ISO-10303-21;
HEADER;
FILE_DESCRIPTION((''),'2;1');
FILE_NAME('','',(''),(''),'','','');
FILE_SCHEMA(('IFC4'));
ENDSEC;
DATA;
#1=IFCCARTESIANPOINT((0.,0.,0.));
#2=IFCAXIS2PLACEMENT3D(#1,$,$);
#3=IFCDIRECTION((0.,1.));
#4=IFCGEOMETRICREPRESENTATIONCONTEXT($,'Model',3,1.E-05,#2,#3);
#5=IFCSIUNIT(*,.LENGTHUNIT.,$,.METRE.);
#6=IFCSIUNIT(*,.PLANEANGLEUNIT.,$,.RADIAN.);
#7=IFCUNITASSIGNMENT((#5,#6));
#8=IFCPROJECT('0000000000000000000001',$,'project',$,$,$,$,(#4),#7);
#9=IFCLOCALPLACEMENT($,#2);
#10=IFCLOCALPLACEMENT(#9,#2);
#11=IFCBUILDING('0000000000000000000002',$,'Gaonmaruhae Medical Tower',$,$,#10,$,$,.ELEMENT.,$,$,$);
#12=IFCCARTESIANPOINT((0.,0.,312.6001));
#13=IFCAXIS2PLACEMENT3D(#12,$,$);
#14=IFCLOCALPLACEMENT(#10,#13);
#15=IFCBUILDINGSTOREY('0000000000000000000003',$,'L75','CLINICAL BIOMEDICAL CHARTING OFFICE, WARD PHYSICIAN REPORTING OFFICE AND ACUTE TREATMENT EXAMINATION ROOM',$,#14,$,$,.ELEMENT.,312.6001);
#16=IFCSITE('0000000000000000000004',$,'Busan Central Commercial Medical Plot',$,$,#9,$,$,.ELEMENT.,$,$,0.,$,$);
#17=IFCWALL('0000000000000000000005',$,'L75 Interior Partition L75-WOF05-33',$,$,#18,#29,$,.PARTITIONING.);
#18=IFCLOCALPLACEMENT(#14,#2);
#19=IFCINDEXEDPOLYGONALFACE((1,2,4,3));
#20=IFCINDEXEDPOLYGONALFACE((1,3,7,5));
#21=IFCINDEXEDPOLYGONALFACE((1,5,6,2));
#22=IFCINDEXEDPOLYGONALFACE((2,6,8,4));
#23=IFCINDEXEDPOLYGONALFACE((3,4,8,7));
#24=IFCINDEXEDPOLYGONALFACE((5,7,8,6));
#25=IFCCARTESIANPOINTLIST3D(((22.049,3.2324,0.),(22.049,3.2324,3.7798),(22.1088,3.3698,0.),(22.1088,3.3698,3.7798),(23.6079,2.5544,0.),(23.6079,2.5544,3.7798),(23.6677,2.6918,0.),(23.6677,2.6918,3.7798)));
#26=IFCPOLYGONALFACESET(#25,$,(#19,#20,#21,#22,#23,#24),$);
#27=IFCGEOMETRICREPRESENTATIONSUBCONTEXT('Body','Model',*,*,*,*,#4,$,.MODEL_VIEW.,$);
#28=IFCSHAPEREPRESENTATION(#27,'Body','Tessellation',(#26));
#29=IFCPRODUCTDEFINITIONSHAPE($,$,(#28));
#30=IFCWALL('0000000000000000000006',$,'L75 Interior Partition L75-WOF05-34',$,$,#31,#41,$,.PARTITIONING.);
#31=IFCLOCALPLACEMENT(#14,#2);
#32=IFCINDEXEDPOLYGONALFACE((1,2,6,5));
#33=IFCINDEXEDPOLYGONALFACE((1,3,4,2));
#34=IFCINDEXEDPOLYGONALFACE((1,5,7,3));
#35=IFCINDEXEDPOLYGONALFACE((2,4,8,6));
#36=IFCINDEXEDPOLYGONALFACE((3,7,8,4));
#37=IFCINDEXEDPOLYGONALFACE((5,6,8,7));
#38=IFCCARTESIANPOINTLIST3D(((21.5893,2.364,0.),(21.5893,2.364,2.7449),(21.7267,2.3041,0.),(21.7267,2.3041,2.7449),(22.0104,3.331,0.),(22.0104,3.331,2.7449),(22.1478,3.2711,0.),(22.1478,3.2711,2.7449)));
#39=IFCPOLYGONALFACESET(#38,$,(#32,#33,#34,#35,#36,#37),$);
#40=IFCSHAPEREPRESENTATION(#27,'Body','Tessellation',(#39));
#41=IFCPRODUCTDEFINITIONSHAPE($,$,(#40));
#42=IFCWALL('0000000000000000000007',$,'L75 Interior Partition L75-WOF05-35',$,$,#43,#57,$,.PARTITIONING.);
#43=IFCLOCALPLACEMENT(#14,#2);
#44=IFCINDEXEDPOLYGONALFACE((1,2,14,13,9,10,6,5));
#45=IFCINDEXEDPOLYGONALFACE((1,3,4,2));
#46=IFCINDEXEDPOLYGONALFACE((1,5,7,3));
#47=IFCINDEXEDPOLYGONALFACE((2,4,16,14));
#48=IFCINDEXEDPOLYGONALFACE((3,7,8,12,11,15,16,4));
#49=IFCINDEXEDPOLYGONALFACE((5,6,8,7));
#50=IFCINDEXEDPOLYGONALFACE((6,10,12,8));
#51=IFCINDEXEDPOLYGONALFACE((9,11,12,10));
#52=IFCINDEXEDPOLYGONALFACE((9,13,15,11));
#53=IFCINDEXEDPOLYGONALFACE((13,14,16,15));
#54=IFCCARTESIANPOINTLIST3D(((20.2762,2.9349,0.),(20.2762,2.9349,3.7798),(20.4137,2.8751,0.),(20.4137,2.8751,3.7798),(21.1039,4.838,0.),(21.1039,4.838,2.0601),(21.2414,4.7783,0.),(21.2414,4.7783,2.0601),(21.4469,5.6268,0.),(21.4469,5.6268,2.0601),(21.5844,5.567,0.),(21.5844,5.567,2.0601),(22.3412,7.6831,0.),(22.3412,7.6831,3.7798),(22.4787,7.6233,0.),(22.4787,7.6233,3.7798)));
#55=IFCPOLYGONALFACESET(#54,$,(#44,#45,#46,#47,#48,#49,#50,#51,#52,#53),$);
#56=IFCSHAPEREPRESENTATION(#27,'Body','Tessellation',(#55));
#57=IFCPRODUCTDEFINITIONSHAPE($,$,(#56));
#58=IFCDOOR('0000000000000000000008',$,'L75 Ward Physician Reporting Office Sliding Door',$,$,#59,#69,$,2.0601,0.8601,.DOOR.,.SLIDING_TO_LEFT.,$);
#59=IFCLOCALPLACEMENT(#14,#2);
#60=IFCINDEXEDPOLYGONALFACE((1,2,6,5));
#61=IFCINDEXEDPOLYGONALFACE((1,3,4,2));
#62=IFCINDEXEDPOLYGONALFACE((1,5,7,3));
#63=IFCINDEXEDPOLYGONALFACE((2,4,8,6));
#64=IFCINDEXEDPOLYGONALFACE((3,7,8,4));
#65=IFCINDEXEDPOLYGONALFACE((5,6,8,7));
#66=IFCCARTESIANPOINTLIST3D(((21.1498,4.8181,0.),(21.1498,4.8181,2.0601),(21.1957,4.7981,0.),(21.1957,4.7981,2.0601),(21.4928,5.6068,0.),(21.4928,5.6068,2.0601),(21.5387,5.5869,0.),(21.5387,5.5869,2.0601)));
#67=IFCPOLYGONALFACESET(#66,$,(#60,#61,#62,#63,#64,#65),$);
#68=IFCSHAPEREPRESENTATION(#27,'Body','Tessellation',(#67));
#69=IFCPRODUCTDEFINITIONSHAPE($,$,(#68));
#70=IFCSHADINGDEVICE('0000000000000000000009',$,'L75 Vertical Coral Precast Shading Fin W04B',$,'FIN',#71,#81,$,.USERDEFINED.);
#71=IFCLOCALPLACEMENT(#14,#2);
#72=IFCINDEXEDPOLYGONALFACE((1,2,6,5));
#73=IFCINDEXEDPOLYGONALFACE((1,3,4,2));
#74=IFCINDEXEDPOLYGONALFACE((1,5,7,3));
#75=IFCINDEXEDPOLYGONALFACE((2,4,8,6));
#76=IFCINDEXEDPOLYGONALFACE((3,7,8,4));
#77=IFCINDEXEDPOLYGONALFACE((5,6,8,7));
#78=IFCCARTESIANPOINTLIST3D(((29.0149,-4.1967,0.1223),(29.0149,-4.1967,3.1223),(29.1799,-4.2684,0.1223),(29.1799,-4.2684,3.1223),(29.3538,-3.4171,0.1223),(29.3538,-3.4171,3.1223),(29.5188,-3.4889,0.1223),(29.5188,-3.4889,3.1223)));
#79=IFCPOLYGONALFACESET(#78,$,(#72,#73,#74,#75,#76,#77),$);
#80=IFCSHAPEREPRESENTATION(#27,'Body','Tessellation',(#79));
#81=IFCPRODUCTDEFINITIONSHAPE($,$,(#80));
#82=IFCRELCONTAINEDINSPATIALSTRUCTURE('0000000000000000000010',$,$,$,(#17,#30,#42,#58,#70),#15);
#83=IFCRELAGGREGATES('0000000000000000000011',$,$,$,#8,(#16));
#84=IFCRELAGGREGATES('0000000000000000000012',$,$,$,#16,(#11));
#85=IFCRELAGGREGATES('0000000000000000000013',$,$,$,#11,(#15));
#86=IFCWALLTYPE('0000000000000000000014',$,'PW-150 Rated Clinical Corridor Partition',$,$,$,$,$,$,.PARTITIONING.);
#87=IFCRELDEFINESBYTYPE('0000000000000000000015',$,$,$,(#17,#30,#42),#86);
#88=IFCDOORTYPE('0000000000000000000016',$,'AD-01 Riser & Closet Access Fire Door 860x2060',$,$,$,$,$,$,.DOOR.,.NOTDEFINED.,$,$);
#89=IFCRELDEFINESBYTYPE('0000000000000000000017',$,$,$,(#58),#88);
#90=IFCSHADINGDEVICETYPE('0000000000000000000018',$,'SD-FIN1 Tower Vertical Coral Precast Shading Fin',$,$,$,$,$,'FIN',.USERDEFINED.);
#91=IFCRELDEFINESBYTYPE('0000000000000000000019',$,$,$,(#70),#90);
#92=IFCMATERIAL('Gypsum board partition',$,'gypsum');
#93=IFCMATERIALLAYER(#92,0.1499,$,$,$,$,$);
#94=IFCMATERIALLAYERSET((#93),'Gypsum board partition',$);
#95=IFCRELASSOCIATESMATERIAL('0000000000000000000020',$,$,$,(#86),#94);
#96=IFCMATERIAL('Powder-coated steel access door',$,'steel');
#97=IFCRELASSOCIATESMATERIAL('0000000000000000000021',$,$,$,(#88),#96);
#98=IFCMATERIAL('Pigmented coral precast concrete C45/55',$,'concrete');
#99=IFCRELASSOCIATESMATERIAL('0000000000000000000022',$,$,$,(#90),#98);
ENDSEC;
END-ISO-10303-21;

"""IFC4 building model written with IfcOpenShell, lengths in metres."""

from ifc_helpers import new_model, si_unit, direction, frame, frame_2d, origin, origin_2d, place, context, subcontext, project, spatial, rectangle, extrude, material, layer, layer_set, type_object, element, fill, save


model = new_model("IFC4")

# Units and contexts
model_context = context("Model", 3, precision=1e-05, world=origin(), true_north=direction((0.0, 1.0)))
body_context = subcontext(model_context, "Body", "Model", "MODEL_VIEW")
ifc_project = project(units=[si_unit("LENGTHUNIT", "METRE"), si_unit("PLANEANGLEUNIT", "RADIAN")], contexts=[model_context])

# Site, building, storey
site_placement = place(None, origin())
site = spatial("IfcSite", under=ifc_project, at=site_placement, Name="Busan Central Commercial Medical Plot", CompositionType="ELEMENT", RefElevation=0.0)
building_placement = place(site_placement, origin())
building = spatial("IfcBuilding", under=site, at=building_placement, Name="Gaonmaruhae Medical Tower", CompositionType="ELEMENT")
storey_placement = place(building_placement, frame((0.0, 0.0, 312.6001)))
storey = spatial("IfcBuildingStorey", under=building, at=storey_placement, Name="L75", Description="CLINICAL BIOMEDICAL CHARTING OFFICE, WARD PHYSICIAN REPORTING OFFICE AND ACUTE TREATMENT EXAMINATION ROOM", CompositionType="ELEMENT", Elevation=312.6001)

# Walls
ifc_material_1 = material(Name="Gypsum board partition", Category="gypsum")
ifc_layer_1 = layer(ifc_material_1, 0.1499)
ifc_layer_set_1 = layer_set([ifc_layer_1], Name="Gypsum board partition")
wall_type_1 = type_object("IfcWallType", Name="PW-150 Rated Clinical Corridor Partition", PredefinedType="PARTITIONING", material=ifc_layer_set_1)
wall_1_placement = place(storey_placement, frame((23.6379, 2.623, 0.0), z_axis=(0.0, 0.0, 1.0), x_axis=(-0.917022, 0.398836, 0.0)))
element("IfcWall", 1, at=wall_1_placement, inside=storey, type_object=wall_type_1, Name="L75 Interior Partition L75-WOF05-33", PredefinedType="PARTITIONING", context=body_context, shape_type="SweptSolid", body=[
    extrude(rectangle(XDim=1.7, YDim=0.1499, at=frame_2d((0.8501, 0.0))), origin(), (0.0, 0.0, 1.0), 3.7798),
])
wall_2_placement = place(storey_placement, frame((22.0791, 3.301, 0.0), z_axis=(0.0, 0.0, 1.0), x_axis=(-0.399276, -0.916831, 0.0)))
element("IfcWall", 2, at=wall_2_placement, inside=storey, type_object=wall_type_1, Name="L75 Interior Partition L75-WOF05-34", PredefinedType="PARTITIONING", context=body_context, shape_type="SweptSolid", body=[
    extrude(rectangle(XDim=1.0547, YDim=0.1499, at=frame_2d((0.5273, 0.0))), origin(), (0.0, 0.0, 1.0), 2.7449),
])

# Wall, opening, door
wall_3_placement = place(storey_placement, frame((20.345, 2.905, 0.0), z_axis=(0.0, 0.0, 1.0), x_axis=(0.398819, 0.91703, 0.0)))
wall_3 = element("IfcWall", 3, at=wall_3_placement, inside=storey, type_object=wall_type_1, Name="L75 Interior Partition L75-WOF05-35", PredefinedType="PARTITIONING", context=body_context, shape_type="SweptSolid", body=[
    extrude(rectangle(XDim=5.1777, YDim=0.1499, at=frame_2d((2.5889, 0.0))), origin(), (0.0, 0.0, 1.0), 3.7798),
])
opening_1_placement = place(wall_3_placement, frame((2.0752, 0.0, 0.0)))
opening_1 = element("IfcOpeningElement", 4, at=opening_1_placement, cuts=wall_3, PredefinedType="OPENING", context=body_context, shape_type="SweptSolid", body=[
    extrude(rectangle(XDim=0.8601, YDim=2.0601, at=frame_2d((0.4302, 1.03))), frame((0.0, 0.085, 0.0), z_axis=(0.0, -1.0, 0.0), x_axis=(1.0, 0.0, 0.0)), (0.0, 0.0, 1.0), 0.1699),
])
ifc_material_2 = material(Name="Powder-coated steel access door", Category="steel")
door_type_1 = type_object("IfcDoorType", Name="AD-01 Riser & Closet Access Fire Door 860x2060", OperationType="NOTDEFINED", PredefinedType="DOOR", material=ifc_material_2)
door_1_placement = place(opening_1_placement, origin())
door_1 = element("IfcDoor", 5, at=door_1_placement, inside=storey, type_object=door_type_1, Name="L75 Ward Physician Reporting Office Sliding Door", OperationType="SLIDING_TO_LEFT", OverallHeight=2.0601, OverallWidth=0.8601, PredefinedType="DOOR", context=body_context, shape_type="SweptSolid", body=[
    extrude(rectangle(XDim=0.8601, YDim=2.0601, at=frame_2d((0.4302, 1.03))), frame((0.0, 0.0249, 0.0), z_axis=(0.0, -1.0, 0.0), x_axis=(1.0, 0.0, 0.0)), (0.0, 0.0, 1.0), 0.05),
])
fill(opening_1, door_1)

# Shading device
ifc_material_3 = material(Name="Pigmented coral precast concrete C45/55", Category="concrete")
shading_device_type = type_object("IfcShadingDeviceType", Name="SD-FIN1 Tower Vertical Coral Precast Shading Fin", ElementType="FIN", PredefinedType="USERDEFINED", material=ifc_material_3)
shading_device_placement = place(storey_placement, frame((29.2668, -3.8428, 0.1223), z_axis=(0.0, 0.0, 1.0), x_axis=(-0.91706, 0.398749, 0.0)))
element("IfcShadingDevice", 6, at=shading_device_placement, inside=storey, type_object=shading_device_type, Name="L75 Vertical Coral Precast Shading Fin W04B", ObjectType="FIN", PredefinedType="USERDEFINED", context=body_context, shape_type="SweptSolid", body=[
    extrude(rectangle(XDim=0.1799, YDim=0.8501, at=origin_2d()), origin(), (0.0, 0.0, 1.0), 3.0),
])

save(model, "model.ifc")
